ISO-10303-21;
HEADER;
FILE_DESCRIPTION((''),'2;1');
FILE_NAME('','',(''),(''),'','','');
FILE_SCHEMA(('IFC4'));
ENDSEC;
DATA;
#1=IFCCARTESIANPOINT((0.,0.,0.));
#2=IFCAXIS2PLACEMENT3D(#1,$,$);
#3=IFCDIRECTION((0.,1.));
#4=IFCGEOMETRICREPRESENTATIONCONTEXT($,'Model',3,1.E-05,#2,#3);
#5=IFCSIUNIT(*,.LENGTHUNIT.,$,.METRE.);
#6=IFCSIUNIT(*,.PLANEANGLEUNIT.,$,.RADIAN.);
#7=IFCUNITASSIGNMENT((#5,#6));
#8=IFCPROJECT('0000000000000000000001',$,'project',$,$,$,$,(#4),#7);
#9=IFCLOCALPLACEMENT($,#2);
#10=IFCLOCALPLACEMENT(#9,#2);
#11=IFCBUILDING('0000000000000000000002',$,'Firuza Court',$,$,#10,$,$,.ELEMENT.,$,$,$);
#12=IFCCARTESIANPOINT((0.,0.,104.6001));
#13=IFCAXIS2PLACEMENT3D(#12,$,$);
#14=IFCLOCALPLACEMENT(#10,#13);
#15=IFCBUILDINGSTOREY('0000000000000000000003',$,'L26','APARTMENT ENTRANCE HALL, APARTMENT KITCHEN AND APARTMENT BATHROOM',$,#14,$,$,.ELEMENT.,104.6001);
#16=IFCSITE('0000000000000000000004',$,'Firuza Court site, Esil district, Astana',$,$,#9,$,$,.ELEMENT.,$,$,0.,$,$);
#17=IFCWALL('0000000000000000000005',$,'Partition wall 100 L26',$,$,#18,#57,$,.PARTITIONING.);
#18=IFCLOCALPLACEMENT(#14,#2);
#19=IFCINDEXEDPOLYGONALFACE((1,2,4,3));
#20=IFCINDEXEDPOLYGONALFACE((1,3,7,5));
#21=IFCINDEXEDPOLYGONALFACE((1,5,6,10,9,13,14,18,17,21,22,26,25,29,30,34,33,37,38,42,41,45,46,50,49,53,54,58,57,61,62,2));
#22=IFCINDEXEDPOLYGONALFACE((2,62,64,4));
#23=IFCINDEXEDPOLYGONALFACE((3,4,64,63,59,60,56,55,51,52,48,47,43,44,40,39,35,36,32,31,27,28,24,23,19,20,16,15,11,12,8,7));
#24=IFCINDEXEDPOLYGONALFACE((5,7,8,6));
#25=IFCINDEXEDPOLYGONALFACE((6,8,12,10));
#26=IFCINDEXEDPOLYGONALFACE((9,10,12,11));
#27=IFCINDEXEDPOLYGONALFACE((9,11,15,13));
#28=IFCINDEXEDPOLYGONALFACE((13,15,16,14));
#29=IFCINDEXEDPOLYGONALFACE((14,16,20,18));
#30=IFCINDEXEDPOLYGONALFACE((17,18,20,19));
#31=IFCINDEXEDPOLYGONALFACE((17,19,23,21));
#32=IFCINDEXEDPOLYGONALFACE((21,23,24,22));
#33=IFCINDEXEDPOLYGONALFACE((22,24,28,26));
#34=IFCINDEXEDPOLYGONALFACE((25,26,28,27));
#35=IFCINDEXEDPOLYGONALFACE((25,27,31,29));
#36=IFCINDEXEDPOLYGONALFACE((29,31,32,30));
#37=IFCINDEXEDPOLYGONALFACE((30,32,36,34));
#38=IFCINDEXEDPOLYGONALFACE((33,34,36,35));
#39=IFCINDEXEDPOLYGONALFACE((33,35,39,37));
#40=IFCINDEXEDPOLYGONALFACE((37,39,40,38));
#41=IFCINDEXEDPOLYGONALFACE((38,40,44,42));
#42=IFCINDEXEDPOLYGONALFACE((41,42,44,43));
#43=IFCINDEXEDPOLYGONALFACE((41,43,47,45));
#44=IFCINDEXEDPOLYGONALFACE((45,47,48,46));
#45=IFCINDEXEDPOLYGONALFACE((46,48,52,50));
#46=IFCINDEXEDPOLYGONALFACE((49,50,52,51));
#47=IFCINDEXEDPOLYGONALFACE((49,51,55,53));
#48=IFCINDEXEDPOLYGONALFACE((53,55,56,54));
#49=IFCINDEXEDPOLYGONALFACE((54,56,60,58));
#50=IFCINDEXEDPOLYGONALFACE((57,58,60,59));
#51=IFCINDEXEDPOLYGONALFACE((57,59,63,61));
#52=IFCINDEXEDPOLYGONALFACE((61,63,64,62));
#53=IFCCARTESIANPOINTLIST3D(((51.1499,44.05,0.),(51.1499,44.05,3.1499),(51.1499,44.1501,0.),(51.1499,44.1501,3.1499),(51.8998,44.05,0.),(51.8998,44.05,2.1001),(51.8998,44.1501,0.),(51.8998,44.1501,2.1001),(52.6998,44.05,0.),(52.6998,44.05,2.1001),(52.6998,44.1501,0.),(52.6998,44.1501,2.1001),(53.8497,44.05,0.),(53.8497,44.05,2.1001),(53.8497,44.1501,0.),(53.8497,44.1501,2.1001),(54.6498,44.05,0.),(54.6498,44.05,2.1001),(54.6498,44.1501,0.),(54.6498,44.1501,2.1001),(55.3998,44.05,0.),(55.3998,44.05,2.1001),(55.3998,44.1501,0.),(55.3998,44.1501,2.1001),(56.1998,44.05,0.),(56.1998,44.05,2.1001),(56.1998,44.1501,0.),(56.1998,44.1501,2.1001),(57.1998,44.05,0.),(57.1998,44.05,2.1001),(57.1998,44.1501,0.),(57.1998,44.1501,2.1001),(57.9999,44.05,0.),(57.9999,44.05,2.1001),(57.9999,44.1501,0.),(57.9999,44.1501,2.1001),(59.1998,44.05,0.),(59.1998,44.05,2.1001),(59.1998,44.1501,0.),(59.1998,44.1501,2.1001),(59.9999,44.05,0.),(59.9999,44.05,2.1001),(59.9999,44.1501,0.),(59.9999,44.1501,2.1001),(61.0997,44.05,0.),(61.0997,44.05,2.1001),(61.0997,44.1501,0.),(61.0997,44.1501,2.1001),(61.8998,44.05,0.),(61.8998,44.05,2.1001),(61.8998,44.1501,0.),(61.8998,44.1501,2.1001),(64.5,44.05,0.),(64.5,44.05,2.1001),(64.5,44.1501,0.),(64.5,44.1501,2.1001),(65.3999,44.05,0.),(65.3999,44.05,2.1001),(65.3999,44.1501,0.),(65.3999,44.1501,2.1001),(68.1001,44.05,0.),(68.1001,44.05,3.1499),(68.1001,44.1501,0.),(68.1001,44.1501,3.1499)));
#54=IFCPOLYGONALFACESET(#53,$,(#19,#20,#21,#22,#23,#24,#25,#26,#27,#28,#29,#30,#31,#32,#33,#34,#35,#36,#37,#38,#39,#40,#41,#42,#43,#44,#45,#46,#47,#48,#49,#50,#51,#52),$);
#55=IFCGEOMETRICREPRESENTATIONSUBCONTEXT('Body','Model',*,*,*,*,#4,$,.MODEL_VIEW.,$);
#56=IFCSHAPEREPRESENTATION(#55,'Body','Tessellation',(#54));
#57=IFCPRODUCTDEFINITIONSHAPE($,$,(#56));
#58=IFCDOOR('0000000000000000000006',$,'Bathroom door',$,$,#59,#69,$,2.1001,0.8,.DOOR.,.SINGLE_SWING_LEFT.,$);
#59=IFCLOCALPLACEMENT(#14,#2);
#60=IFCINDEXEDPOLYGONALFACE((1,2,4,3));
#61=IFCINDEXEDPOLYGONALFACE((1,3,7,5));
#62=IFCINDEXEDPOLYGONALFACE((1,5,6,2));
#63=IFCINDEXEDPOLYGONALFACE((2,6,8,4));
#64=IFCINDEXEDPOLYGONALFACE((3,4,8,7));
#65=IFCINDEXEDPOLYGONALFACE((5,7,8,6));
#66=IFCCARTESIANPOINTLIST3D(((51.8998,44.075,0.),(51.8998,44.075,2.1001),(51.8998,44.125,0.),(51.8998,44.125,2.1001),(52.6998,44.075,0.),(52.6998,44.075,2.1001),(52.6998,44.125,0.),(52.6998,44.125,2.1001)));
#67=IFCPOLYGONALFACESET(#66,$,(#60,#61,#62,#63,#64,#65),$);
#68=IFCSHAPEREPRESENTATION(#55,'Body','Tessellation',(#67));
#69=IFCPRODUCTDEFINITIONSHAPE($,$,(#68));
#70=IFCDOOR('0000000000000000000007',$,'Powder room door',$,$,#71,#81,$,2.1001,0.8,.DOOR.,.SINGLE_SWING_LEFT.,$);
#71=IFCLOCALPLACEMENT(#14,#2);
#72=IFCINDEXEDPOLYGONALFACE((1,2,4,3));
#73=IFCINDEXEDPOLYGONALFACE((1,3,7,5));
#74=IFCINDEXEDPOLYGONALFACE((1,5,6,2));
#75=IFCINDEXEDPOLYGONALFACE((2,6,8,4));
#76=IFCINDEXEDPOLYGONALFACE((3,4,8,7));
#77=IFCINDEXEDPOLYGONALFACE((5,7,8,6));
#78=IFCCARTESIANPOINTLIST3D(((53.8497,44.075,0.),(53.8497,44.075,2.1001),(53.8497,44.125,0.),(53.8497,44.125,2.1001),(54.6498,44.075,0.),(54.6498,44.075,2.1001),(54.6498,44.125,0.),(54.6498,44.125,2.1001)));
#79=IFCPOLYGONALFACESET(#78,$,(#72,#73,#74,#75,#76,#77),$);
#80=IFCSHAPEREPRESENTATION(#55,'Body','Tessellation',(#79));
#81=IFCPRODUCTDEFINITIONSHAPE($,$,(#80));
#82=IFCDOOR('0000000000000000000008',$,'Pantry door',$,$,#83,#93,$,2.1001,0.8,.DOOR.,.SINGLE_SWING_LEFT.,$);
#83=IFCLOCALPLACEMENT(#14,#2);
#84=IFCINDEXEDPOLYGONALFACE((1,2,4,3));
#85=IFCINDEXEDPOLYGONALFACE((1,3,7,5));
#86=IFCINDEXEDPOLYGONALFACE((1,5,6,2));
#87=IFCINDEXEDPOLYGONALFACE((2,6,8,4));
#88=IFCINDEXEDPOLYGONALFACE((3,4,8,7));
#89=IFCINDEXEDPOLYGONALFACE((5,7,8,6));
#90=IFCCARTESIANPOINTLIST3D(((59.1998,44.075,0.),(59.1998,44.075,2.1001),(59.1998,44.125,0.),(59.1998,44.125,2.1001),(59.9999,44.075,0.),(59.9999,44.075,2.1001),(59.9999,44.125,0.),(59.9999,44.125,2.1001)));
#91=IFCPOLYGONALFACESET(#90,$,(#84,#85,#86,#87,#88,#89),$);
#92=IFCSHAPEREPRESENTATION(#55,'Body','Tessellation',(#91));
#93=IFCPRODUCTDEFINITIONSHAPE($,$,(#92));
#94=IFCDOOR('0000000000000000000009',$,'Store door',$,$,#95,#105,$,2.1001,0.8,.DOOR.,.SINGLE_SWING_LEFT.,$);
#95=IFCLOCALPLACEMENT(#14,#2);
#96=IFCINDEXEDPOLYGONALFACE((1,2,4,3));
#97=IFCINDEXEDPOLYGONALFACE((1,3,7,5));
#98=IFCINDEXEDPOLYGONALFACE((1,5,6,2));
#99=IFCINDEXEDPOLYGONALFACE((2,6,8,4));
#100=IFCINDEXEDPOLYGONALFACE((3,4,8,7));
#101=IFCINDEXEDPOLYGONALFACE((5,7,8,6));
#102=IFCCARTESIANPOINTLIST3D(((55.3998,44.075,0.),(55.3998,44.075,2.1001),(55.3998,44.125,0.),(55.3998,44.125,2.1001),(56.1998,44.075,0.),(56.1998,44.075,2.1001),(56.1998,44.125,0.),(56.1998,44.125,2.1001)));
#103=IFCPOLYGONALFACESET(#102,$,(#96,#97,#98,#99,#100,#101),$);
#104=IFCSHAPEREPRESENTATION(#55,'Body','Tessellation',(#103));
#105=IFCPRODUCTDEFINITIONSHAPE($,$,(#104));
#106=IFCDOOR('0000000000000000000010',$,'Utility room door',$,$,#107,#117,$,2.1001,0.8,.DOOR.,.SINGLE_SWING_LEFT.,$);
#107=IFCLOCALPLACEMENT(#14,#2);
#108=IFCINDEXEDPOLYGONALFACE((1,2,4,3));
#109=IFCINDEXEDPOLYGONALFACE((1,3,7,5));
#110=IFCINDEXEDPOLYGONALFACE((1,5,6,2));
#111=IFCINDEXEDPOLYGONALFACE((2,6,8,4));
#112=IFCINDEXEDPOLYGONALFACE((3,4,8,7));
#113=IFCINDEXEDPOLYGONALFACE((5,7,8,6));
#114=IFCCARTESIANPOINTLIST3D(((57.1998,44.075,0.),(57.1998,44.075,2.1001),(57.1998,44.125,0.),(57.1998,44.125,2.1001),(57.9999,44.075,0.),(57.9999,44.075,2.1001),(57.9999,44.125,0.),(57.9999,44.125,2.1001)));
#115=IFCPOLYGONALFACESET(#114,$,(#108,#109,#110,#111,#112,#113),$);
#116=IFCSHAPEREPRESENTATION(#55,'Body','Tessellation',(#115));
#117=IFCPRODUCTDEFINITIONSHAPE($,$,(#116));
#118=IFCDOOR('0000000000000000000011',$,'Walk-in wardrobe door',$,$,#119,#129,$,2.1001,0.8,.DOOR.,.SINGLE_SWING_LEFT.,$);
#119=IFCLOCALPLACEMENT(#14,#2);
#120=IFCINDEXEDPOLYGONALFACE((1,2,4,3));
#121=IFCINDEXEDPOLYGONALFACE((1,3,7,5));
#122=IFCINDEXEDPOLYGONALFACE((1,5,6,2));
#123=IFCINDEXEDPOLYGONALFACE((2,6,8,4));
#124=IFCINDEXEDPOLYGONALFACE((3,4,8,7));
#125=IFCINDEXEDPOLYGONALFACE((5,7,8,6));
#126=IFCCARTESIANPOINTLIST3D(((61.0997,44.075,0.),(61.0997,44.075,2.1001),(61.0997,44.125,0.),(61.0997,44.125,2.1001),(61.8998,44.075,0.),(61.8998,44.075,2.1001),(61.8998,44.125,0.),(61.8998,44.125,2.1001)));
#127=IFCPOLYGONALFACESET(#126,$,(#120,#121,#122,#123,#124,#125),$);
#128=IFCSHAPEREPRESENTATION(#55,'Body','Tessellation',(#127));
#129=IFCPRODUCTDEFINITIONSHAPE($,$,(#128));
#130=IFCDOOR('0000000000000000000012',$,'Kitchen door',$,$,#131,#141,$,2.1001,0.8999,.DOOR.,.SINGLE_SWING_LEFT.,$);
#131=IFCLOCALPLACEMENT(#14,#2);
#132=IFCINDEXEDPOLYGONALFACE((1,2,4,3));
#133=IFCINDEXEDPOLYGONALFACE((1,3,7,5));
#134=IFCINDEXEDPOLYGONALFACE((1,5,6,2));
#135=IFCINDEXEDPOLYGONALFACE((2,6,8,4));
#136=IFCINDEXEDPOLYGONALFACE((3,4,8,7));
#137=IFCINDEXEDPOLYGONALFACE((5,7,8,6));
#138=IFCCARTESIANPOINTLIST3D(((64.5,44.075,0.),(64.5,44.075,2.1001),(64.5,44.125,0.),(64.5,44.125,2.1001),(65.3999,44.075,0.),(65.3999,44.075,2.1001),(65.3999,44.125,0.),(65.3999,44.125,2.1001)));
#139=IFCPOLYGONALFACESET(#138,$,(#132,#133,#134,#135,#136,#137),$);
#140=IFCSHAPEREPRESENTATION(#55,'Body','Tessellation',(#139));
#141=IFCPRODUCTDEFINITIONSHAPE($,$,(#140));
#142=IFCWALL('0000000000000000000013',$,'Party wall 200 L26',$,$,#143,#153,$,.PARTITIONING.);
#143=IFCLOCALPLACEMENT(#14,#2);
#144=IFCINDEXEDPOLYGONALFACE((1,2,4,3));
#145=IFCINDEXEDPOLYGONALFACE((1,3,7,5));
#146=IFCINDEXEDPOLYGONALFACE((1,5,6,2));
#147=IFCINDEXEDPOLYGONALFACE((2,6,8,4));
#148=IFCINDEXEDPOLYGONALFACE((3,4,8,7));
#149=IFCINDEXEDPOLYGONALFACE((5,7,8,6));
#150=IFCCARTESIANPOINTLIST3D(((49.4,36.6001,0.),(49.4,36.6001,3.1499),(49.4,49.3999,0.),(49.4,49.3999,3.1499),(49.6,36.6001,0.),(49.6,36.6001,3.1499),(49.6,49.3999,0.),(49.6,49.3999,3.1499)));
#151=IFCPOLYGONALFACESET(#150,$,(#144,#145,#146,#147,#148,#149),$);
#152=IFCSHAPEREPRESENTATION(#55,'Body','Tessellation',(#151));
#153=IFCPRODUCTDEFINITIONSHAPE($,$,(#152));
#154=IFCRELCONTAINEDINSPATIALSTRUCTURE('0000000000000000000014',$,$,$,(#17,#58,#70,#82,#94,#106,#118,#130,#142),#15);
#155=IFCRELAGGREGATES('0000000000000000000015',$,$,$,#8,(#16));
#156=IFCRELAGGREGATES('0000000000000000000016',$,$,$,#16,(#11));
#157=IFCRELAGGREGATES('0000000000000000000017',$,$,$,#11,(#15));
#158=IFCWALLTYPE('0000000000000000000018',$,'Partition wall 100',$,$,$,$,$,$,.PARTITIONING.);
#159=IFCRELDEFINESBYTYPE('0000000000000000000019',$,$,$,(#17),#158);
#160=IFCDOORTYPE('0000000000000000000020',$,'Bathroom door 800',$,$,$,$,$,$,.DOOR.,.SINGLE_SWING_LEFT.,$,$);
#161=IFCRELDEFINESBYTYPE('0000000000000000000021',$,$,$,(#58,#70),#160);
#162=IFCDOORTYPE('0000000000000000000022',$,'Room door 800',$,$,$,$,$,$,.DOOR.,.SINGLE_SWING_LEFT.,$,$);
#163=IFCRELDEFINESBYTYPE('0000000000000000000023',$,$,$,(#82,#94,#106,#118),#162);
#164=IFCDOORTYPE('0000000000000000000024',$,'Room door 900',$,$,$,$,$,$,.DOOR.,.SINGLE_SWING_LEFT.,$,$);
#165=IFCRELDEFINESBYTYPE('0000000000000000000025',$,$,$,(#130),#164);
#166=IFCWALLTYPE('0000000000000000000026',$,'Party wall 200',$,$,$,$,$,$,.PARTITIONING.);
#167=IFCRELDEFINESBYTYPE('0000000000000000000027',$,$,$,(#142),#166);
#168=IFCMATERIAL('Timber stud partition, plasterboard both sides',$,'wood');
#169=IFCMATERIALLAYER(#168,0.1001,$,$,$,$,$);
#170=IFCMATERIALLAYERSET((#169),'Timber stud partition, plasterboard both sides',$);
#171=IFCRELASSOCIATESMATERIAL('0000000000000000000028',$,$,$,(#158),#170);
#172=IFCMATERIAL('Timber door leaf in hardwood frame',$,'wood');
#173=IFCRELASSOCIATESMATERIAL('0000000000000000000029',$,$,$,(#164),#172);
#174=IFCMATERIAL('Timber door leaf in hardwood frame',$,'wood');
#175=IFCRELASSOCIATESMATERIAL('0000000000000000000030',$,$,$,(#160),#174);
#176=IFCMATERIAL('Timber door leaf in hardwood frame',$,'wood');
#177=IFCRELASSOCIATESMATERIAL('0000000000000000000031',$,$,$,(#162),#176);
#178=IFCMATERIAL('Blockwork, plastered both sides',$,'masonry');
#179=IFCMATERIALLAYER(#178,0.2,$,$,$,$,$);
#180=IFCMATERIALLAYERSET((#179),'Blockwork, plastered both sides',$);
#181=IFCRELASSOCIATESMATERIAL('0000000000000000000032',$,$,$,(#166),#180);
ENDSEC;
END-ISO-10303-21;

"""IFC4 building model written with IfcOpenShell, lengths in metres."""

from ifc_helpers import new_model, si_unit, direction, frame, frame_2d, origin, place, context, subcontext, project, spatial, rectangle, extrude, material, layer, layer_set, type_object, element, fill, save


model = new_model("IFC4")

# Units and contexts
model_context = context("Model", 3, precision=1e-05, world=origin(), true_north=direction((0.0, 1.0)))
body_context = subcontext(model_context, "Body", "Model", "MODEL_VIEW")
ifc_project = project(units=[si_unit("LENGTHUNIT", "METRE"), si_unit("PLANEANGLEUNIT", "RADIAN")], contexts=[model_context])

# Site, building, storey
site_placement = place(None, origin())
site = spatial("IfcSite", under=ifc_project, at=site_placement, Name="Firuza Court site, Esil district, Astana", CompositionType="ELEMENT", RefElevation=0.0)
building_placement = place(site_placement, origin())
building = spatial("IfcBuilding", under=site, at=building_placement, Name="Firuza Court", CompositionType="ELEMENT")
storey_placement = place(building_placement, frame((0.0, 0.0, 104.6001)))
storey = spatial("IfcBuildingStorey", under=building, at=storey_placement, Name="L26", Description="APARTMENT ENTRANCE HALL, APARTMENT KITCHEN AND APARTMENT BATHROOM", CompositionType="ELEMENT", Elevation=104.6001)

# Wall, openings, doors
ifc_material_1 = material(Name="Timber stud partition, plasterboard both sides", Category="wood")
ifc_layer_1 = layer(ifc_material_1, 0.1001)
ifc_layer_set_1 = layer_set([ifc_layer_1], Name="Timber stud partition, plasterboard both sides")
wall_type_1 = type_object("IfcWallType", Name="Partition wall 100", PredefinedType="PARTITIONING", material=ifc_layer_set_1)
ifc_material_2 = material(Name="Timber door leaf in hardwood frame", Category="wood")
door_type_1 = type_object("IfcDoorType", Name="Room door 900", OperationType="SINGLE_SWING_LEFT", PredefinedType="DOOR", material=ifc_material_2)
wall_1_placement = place(storey_placement, frame((51.1499, 44.1001, 0.0), z_axis=(0.0, 0.0, 1.0), x_axis=(1.0, 0.0, 0.0)))
wall_1 = element("IfcWall", 1, at=wall_1_placement, inside=storey, type_object=wall_type_1, Name="Partition wall 100 L26", PredefinedType="PARTITIONING", context=body_context, shape_type="SweptSolid", body=[
    extrude(rectangle(XDim=16.9502, YDim=0.1001, at=frame_2d((8.4751, 0.0))), origin(), (0.0, 0.0, 1.0), 3.1499),
])
opening_1_placement = place(wall_1_placement, frame((0.75, 0.0, 0.0)))
opening_1 = element("IfcOpeningElement", 2, at=opening_1_placement, cuts=wall_1, PredefinedType="OPENING", context=body_context, shape_type="SweptSolid", body=[
    extrude(rectangle(XDim=0.8, YDim=2.1001, at=frame_2d((0.3999, 1.05))), frame((0.0, 0.062, 0.0), z_axis=(0.0, -1.0, 0.0), x_axis=(1.0, 0.0, 0.0)), (0.0, 0.0, 1.0), 0.124),
])
opening_2_placement = place(wall_1_placement, frame((13.3501, 0.0, 0.0)))
opening_2 = element("IfcOpeningElement", 3, at=opening_2_placement, cuts=wall_1, PredefinedType="OPENING", context=body_context, shape_type="SweptSolid", body=[
    extrude(rectangle(XDim=0.8999, YDim=2.1001, at=frame_2d((0.45, 1.05))), frame((0.0, 0.062, 0.0), z_axis=(0.0, -1.0, 0.0), x_axis=(1.0, 0.0, 0.0)), (0.0, 0.0, 1.0), 0.124),
])
opening_3_placement = place(wall_1_placement, frame((8.05, 0.0, 0.0)))
opening_3 = element("IfcOpeningElement", 4, at=opening_3_placement, cuts=wall_1, PredefinedType="OPENING", context=body_context, shape_type="SweptSolid", body=[
    extrude(rectangle(XDim=0.8, YDim=2.1001, at=frame_2d((0.3999, 1.05))), frame((0.0, 0.062, 0.0), z_axis=(0.0, -1.0, 0.0), x_axis=(1.0, 0.0, 0.0)), (0.0, 0.0, 1.0), 0.124),
])
opening_4_placement = place(wall_1_placement, frame((4.25, 0.0, 0.0)))
opening_4 = element("IfcOpeningElement", 5, at=opening_4_placement, cuts=wall_1, PredefinedType="OPENING", context=body_context, shape_type="SweptSolid", body=[
    extrude(rectangle(XDim=0.8, YDim=2.1001, at=frame_2d((0.3999, 1.05))), frame((0.0, 0.062, 0.0), z_axis=(0.0, -1.0, 0.0), x_axis=(1.0, 0.0, 0.0)), (0.0, 0.0, 1.0), 0.124),
])
opening_5_placement = place(wall_1_placement, frame((6.05, 0.0, 0.0)))
opening_5 = element("IfcOpeningElement", 6, at=opening_5_placement, cuts=wall_1, PredefinedType="OPENING", context=body_context, shape_type="SweptSolid", body=[
    extrude(rectangle(XDim=0.8, YDim=2.1001, at=frame_2d((0.3999, 1.05))), frame((0.0, 0.062, 0.0), z_axis=(0.0, -1.0, 0.0), x_axis=(1.0, 0.0, 0.0)), (0.0, 0.0, 1.0), 0.124),
])
opening_6_placement = place(wall_1_placement, frame((9.95, 0.0, 0.0)))
opening_6 = element("IfcOpeningElement", 7, at=opening_6_placement, cuts=wall_1, PredefinedType="OPENING", context=body_context, shape_type="SweptSolid", body=[
    extrude(rectangle(XDim=0.8, YDim=2.1001, at=frame_2d((0.3999, 1.05))), frame((0.0, 0.062, 0.0), z_axis=(0.0, -1.0, 0.0), x_axis=(1.0, 0.0, 0.0)), (0.0, 0.0, 1.0), 0.124),
])
opening_7_placement = place(wall_1_placement, frame((2.7, 0.0, 0.0)))
opening_7 = element("IfcOpeningElement", 8, at=opening_7_placement, cuts=wall_1, PredefinedType="OPENING", context=body_context, shape_type="SweptSolid", body=[
    extrude(rectangle(XDim=0.8, YDim=2.1001, at=frame_2d((0.3999, 1.05))), frame((0.0, 0.062, 0.0), z_axis=(0.0, -1.0, 0.0), x_axis=(1.0, 0.0, 0.0)), (0.0, 0.0, 1.0), 0.124),
])
ifc_material_3 = material(Name="Timber door leaf in hardwood frame", Category="wood")
door_type_2 = type_object("IfcDoorType", Name="Bathroom door 800", OperationType="SINGLE_SWING_LEFT", PredefinedType="DOOR", material=ifc_material_3)
door_1_placement = place(opening_1_placement, origin())
door_1 = element("IfcDoor", 9, at=door_1_placement, inside=storey, type_object=door_type_2, Name="Bathroom door", OperationType="SINGLE_SWING_LEFT", OverallHeight=2.1001, OverallWidth=0.8, PredefinedType="DOOR", context=body_context, shape_type="SweptSolid", body=[
    extrude(rectangle(XDim=0.8, YDim=2.1001, at=frame_2d((0.3999, 1.05))), frame((0.0, 0.0249, 0.0), z_axis=(0.0, -1.0, 0.0), x_axis=(1.0, 0.0, 0.0)), (0.0, 0.0, 1.0), 0.05),
])
fill(opening_1, door_1)
door_2_placement = place(opening_7_placement, origin())
door_2 = element("IfcDoor", 10, at=door_2_placement, inside=storey, type_object=door_type_2, Name="Powder room door", OperationType="SINGLE_SWING_LEFT", OverallHeight=2.1001, OverallWidth=0.8, PredefinedType="DOOR", context=body_context, shape_type="SweptSolid", body=[
    extrude(rectangle(XDim=0.8, YDim=2.1001, at=frame_2d((0.3999, 1.05))), frame((0.0, 0.0249, 0.0), z_axis=(0.0, -1.0, 0.0), x_axis=(1.0, 0.0, 0.0)), (0.0, 0.0, 1.0), 0.05),
])
fill(opening_7, door_2)
ifc_material_4 = material(Name="Timber door leaf in hardwood frame", Category="wood")
door_type_3 = type_object("IfcDoorType", Name="Room door 800", OperationType="SINGLE_SWING_LEFT", PredefinedType="DOOR", material=ifc_material_4)
door_3_placement = place(opening_3_placement, origin())
door_3 = element("IfcDoor", 11, at=door_3_placement, inside=storey, type_object=door_type_3, Name="Pantry door", OperationType="SINGLE_SWING_LEFT", OverallHeight=2.1001, OverallWidth=0.8, PredefinedType="DOOR", context=body_context, shape_type="SweptSolid", body=[
    extrude(rectangle(XDim=0.8, YDim=2.1001, at=frame_2d((0.3999, 1.05))), frame((0.0, 0.0249, 0.0), z_axis=(0.0, -1.0, 0.0), x_axis=(1.0, 0.0, 0.0)), (0.0, 0.0, 1.0), 0.05),
])
fill(opening_3, door_3)
door_4_placement = place(opening_4_placement, origin())
door_4 = element("IfcDoor", 12, at=door_4_placement, inside=storey, type_object=door_type_3, Name="Store door", OperationType="SINGLE_SWING_LEFT", OverallHeight=2.1001, OverallWidth=0.8, PredefinedType="DOOR", context=body_context, shape_type="SweptSolid", body=[
    extrude(rectangle(XDim=0.8, YDim=2.1001, at=frame_2d((0.3999, 1.05))), frame((0.0, 0.0249, 0.0), z_axis=(0.0, -1.0, 0.0), x_axis=(1.0, 0.0, 0.0)), (0.0, 0.0, 1.0), 0.05),
])
fill(opening_4, door_4)
door_5_placement = place(opening_5_placement, origin())
door_5 = element("IfcDoor", 13, at=door_5_placement, inside=storey, type_object=door_type_3, Name="Utility room door", OperationType="SINGLE_SWING_LEFT", OverallHeight=2.1001, OverallWidth=0.8, PredefinedType="DOOR", context=body_context, shape_type="SweptSolid", body=[
    extrude(rectangle(XDim=0.8, YDim=2.1001, at=frame_2d((0.3999, 1.05))), frame((0.0, 0.0249, 0.0), z_axis=(0.0, -1.0, 0.0), x_axis=(1.0, 0.0, 0.0)), (0.0, 0.0, 1.0), 0.05),
])
fill(opening_5, door_5)
door_6_placement = place(opening_6_placement, origin())
door_6 = element("IfcDoor", 14, at=door_6_placement, inside=storey, type_object=door_type_3, Name="Walk-in wardrobe door", OperationType="SINGLE_SWING_LEFT", OverallHeight=2.1001, OverallWidth=0.8, PredefinedType="DOOR", context=body_context, shape_type="SweptSolid", body=[
    extrude(rectangle(XDim=0.8, YDim=2.1001, at=frame_2d((0.3999, 1.05))), frame((0.0, 0.0249, 0.0), z_axis=(0.0, -1.0, 0.0), x_axis=(1.0, 0.0, 0.0)), (0.0, 0.0, 1.0), 0.05),
])
fill(opening_6, door_6)
door_7_placement = place(opening_2_placement, origin())
door_7 = element("IfcDoor", 15, at=door_7_placement, inside=storey, type_object=door_type_1, Name="Kitchen door", OperationType="SINGLE_SWING_LEFT", OverallHeight=2.1001, OverallWidth=0.8999, PredefinedType="DOOR", context=body_context, shape_type="SweptSolid", body=[
    extrude(rectangle(XDim=0.8999, YDim=2.1001, at=frame_2d((0.45, 1.05))), frame((0.0, 0.0249, 0.0), z_axis=(0.0, -1.0, 0.0), x_axis=(1.0, 0.0, 0.0)), (0.0, 0.0, 1.0), 0.05),
])
fill(opening_2, door_7)

# Wall
ifc_material_5 = material(Name="Blockwork, plastered both sides", Category="masonry")
ifc_layer_2 = layer(ifc_material_5, 0.2)
ifc_layer_set_2 = layer_set([ifc_layer_2], Name="Blockwork, plastered both sides")
wall_type_2 = type_object("IfcWallType", Name="Party wall 200", PredefinedType="PARTITIONING", material=ifc_layer_set_2)
wall_2_placement = place(storey_placement, frame((49.5, 36.6001, 0.0), z_axis=(0.0, 0.0, 1.0), x_axis=(0.0, 1.0, 0.0)))
element("IfcWall", 16, at=wall_2_placement, inside=storey, type_object=wall_type_2, Name="Party wall 200 L26", PredefinedType="PARTITIONING", context=body_context, shape_type="SweptSolid", body=[
    extrude(rectangle(XDim=12.7998, YDim=0.2, at=frame_2d((6.3999, 0.0))), origin(), (0.0, 0.0, 1.0), 3.1499),
])

save(model, "model.ifc")
